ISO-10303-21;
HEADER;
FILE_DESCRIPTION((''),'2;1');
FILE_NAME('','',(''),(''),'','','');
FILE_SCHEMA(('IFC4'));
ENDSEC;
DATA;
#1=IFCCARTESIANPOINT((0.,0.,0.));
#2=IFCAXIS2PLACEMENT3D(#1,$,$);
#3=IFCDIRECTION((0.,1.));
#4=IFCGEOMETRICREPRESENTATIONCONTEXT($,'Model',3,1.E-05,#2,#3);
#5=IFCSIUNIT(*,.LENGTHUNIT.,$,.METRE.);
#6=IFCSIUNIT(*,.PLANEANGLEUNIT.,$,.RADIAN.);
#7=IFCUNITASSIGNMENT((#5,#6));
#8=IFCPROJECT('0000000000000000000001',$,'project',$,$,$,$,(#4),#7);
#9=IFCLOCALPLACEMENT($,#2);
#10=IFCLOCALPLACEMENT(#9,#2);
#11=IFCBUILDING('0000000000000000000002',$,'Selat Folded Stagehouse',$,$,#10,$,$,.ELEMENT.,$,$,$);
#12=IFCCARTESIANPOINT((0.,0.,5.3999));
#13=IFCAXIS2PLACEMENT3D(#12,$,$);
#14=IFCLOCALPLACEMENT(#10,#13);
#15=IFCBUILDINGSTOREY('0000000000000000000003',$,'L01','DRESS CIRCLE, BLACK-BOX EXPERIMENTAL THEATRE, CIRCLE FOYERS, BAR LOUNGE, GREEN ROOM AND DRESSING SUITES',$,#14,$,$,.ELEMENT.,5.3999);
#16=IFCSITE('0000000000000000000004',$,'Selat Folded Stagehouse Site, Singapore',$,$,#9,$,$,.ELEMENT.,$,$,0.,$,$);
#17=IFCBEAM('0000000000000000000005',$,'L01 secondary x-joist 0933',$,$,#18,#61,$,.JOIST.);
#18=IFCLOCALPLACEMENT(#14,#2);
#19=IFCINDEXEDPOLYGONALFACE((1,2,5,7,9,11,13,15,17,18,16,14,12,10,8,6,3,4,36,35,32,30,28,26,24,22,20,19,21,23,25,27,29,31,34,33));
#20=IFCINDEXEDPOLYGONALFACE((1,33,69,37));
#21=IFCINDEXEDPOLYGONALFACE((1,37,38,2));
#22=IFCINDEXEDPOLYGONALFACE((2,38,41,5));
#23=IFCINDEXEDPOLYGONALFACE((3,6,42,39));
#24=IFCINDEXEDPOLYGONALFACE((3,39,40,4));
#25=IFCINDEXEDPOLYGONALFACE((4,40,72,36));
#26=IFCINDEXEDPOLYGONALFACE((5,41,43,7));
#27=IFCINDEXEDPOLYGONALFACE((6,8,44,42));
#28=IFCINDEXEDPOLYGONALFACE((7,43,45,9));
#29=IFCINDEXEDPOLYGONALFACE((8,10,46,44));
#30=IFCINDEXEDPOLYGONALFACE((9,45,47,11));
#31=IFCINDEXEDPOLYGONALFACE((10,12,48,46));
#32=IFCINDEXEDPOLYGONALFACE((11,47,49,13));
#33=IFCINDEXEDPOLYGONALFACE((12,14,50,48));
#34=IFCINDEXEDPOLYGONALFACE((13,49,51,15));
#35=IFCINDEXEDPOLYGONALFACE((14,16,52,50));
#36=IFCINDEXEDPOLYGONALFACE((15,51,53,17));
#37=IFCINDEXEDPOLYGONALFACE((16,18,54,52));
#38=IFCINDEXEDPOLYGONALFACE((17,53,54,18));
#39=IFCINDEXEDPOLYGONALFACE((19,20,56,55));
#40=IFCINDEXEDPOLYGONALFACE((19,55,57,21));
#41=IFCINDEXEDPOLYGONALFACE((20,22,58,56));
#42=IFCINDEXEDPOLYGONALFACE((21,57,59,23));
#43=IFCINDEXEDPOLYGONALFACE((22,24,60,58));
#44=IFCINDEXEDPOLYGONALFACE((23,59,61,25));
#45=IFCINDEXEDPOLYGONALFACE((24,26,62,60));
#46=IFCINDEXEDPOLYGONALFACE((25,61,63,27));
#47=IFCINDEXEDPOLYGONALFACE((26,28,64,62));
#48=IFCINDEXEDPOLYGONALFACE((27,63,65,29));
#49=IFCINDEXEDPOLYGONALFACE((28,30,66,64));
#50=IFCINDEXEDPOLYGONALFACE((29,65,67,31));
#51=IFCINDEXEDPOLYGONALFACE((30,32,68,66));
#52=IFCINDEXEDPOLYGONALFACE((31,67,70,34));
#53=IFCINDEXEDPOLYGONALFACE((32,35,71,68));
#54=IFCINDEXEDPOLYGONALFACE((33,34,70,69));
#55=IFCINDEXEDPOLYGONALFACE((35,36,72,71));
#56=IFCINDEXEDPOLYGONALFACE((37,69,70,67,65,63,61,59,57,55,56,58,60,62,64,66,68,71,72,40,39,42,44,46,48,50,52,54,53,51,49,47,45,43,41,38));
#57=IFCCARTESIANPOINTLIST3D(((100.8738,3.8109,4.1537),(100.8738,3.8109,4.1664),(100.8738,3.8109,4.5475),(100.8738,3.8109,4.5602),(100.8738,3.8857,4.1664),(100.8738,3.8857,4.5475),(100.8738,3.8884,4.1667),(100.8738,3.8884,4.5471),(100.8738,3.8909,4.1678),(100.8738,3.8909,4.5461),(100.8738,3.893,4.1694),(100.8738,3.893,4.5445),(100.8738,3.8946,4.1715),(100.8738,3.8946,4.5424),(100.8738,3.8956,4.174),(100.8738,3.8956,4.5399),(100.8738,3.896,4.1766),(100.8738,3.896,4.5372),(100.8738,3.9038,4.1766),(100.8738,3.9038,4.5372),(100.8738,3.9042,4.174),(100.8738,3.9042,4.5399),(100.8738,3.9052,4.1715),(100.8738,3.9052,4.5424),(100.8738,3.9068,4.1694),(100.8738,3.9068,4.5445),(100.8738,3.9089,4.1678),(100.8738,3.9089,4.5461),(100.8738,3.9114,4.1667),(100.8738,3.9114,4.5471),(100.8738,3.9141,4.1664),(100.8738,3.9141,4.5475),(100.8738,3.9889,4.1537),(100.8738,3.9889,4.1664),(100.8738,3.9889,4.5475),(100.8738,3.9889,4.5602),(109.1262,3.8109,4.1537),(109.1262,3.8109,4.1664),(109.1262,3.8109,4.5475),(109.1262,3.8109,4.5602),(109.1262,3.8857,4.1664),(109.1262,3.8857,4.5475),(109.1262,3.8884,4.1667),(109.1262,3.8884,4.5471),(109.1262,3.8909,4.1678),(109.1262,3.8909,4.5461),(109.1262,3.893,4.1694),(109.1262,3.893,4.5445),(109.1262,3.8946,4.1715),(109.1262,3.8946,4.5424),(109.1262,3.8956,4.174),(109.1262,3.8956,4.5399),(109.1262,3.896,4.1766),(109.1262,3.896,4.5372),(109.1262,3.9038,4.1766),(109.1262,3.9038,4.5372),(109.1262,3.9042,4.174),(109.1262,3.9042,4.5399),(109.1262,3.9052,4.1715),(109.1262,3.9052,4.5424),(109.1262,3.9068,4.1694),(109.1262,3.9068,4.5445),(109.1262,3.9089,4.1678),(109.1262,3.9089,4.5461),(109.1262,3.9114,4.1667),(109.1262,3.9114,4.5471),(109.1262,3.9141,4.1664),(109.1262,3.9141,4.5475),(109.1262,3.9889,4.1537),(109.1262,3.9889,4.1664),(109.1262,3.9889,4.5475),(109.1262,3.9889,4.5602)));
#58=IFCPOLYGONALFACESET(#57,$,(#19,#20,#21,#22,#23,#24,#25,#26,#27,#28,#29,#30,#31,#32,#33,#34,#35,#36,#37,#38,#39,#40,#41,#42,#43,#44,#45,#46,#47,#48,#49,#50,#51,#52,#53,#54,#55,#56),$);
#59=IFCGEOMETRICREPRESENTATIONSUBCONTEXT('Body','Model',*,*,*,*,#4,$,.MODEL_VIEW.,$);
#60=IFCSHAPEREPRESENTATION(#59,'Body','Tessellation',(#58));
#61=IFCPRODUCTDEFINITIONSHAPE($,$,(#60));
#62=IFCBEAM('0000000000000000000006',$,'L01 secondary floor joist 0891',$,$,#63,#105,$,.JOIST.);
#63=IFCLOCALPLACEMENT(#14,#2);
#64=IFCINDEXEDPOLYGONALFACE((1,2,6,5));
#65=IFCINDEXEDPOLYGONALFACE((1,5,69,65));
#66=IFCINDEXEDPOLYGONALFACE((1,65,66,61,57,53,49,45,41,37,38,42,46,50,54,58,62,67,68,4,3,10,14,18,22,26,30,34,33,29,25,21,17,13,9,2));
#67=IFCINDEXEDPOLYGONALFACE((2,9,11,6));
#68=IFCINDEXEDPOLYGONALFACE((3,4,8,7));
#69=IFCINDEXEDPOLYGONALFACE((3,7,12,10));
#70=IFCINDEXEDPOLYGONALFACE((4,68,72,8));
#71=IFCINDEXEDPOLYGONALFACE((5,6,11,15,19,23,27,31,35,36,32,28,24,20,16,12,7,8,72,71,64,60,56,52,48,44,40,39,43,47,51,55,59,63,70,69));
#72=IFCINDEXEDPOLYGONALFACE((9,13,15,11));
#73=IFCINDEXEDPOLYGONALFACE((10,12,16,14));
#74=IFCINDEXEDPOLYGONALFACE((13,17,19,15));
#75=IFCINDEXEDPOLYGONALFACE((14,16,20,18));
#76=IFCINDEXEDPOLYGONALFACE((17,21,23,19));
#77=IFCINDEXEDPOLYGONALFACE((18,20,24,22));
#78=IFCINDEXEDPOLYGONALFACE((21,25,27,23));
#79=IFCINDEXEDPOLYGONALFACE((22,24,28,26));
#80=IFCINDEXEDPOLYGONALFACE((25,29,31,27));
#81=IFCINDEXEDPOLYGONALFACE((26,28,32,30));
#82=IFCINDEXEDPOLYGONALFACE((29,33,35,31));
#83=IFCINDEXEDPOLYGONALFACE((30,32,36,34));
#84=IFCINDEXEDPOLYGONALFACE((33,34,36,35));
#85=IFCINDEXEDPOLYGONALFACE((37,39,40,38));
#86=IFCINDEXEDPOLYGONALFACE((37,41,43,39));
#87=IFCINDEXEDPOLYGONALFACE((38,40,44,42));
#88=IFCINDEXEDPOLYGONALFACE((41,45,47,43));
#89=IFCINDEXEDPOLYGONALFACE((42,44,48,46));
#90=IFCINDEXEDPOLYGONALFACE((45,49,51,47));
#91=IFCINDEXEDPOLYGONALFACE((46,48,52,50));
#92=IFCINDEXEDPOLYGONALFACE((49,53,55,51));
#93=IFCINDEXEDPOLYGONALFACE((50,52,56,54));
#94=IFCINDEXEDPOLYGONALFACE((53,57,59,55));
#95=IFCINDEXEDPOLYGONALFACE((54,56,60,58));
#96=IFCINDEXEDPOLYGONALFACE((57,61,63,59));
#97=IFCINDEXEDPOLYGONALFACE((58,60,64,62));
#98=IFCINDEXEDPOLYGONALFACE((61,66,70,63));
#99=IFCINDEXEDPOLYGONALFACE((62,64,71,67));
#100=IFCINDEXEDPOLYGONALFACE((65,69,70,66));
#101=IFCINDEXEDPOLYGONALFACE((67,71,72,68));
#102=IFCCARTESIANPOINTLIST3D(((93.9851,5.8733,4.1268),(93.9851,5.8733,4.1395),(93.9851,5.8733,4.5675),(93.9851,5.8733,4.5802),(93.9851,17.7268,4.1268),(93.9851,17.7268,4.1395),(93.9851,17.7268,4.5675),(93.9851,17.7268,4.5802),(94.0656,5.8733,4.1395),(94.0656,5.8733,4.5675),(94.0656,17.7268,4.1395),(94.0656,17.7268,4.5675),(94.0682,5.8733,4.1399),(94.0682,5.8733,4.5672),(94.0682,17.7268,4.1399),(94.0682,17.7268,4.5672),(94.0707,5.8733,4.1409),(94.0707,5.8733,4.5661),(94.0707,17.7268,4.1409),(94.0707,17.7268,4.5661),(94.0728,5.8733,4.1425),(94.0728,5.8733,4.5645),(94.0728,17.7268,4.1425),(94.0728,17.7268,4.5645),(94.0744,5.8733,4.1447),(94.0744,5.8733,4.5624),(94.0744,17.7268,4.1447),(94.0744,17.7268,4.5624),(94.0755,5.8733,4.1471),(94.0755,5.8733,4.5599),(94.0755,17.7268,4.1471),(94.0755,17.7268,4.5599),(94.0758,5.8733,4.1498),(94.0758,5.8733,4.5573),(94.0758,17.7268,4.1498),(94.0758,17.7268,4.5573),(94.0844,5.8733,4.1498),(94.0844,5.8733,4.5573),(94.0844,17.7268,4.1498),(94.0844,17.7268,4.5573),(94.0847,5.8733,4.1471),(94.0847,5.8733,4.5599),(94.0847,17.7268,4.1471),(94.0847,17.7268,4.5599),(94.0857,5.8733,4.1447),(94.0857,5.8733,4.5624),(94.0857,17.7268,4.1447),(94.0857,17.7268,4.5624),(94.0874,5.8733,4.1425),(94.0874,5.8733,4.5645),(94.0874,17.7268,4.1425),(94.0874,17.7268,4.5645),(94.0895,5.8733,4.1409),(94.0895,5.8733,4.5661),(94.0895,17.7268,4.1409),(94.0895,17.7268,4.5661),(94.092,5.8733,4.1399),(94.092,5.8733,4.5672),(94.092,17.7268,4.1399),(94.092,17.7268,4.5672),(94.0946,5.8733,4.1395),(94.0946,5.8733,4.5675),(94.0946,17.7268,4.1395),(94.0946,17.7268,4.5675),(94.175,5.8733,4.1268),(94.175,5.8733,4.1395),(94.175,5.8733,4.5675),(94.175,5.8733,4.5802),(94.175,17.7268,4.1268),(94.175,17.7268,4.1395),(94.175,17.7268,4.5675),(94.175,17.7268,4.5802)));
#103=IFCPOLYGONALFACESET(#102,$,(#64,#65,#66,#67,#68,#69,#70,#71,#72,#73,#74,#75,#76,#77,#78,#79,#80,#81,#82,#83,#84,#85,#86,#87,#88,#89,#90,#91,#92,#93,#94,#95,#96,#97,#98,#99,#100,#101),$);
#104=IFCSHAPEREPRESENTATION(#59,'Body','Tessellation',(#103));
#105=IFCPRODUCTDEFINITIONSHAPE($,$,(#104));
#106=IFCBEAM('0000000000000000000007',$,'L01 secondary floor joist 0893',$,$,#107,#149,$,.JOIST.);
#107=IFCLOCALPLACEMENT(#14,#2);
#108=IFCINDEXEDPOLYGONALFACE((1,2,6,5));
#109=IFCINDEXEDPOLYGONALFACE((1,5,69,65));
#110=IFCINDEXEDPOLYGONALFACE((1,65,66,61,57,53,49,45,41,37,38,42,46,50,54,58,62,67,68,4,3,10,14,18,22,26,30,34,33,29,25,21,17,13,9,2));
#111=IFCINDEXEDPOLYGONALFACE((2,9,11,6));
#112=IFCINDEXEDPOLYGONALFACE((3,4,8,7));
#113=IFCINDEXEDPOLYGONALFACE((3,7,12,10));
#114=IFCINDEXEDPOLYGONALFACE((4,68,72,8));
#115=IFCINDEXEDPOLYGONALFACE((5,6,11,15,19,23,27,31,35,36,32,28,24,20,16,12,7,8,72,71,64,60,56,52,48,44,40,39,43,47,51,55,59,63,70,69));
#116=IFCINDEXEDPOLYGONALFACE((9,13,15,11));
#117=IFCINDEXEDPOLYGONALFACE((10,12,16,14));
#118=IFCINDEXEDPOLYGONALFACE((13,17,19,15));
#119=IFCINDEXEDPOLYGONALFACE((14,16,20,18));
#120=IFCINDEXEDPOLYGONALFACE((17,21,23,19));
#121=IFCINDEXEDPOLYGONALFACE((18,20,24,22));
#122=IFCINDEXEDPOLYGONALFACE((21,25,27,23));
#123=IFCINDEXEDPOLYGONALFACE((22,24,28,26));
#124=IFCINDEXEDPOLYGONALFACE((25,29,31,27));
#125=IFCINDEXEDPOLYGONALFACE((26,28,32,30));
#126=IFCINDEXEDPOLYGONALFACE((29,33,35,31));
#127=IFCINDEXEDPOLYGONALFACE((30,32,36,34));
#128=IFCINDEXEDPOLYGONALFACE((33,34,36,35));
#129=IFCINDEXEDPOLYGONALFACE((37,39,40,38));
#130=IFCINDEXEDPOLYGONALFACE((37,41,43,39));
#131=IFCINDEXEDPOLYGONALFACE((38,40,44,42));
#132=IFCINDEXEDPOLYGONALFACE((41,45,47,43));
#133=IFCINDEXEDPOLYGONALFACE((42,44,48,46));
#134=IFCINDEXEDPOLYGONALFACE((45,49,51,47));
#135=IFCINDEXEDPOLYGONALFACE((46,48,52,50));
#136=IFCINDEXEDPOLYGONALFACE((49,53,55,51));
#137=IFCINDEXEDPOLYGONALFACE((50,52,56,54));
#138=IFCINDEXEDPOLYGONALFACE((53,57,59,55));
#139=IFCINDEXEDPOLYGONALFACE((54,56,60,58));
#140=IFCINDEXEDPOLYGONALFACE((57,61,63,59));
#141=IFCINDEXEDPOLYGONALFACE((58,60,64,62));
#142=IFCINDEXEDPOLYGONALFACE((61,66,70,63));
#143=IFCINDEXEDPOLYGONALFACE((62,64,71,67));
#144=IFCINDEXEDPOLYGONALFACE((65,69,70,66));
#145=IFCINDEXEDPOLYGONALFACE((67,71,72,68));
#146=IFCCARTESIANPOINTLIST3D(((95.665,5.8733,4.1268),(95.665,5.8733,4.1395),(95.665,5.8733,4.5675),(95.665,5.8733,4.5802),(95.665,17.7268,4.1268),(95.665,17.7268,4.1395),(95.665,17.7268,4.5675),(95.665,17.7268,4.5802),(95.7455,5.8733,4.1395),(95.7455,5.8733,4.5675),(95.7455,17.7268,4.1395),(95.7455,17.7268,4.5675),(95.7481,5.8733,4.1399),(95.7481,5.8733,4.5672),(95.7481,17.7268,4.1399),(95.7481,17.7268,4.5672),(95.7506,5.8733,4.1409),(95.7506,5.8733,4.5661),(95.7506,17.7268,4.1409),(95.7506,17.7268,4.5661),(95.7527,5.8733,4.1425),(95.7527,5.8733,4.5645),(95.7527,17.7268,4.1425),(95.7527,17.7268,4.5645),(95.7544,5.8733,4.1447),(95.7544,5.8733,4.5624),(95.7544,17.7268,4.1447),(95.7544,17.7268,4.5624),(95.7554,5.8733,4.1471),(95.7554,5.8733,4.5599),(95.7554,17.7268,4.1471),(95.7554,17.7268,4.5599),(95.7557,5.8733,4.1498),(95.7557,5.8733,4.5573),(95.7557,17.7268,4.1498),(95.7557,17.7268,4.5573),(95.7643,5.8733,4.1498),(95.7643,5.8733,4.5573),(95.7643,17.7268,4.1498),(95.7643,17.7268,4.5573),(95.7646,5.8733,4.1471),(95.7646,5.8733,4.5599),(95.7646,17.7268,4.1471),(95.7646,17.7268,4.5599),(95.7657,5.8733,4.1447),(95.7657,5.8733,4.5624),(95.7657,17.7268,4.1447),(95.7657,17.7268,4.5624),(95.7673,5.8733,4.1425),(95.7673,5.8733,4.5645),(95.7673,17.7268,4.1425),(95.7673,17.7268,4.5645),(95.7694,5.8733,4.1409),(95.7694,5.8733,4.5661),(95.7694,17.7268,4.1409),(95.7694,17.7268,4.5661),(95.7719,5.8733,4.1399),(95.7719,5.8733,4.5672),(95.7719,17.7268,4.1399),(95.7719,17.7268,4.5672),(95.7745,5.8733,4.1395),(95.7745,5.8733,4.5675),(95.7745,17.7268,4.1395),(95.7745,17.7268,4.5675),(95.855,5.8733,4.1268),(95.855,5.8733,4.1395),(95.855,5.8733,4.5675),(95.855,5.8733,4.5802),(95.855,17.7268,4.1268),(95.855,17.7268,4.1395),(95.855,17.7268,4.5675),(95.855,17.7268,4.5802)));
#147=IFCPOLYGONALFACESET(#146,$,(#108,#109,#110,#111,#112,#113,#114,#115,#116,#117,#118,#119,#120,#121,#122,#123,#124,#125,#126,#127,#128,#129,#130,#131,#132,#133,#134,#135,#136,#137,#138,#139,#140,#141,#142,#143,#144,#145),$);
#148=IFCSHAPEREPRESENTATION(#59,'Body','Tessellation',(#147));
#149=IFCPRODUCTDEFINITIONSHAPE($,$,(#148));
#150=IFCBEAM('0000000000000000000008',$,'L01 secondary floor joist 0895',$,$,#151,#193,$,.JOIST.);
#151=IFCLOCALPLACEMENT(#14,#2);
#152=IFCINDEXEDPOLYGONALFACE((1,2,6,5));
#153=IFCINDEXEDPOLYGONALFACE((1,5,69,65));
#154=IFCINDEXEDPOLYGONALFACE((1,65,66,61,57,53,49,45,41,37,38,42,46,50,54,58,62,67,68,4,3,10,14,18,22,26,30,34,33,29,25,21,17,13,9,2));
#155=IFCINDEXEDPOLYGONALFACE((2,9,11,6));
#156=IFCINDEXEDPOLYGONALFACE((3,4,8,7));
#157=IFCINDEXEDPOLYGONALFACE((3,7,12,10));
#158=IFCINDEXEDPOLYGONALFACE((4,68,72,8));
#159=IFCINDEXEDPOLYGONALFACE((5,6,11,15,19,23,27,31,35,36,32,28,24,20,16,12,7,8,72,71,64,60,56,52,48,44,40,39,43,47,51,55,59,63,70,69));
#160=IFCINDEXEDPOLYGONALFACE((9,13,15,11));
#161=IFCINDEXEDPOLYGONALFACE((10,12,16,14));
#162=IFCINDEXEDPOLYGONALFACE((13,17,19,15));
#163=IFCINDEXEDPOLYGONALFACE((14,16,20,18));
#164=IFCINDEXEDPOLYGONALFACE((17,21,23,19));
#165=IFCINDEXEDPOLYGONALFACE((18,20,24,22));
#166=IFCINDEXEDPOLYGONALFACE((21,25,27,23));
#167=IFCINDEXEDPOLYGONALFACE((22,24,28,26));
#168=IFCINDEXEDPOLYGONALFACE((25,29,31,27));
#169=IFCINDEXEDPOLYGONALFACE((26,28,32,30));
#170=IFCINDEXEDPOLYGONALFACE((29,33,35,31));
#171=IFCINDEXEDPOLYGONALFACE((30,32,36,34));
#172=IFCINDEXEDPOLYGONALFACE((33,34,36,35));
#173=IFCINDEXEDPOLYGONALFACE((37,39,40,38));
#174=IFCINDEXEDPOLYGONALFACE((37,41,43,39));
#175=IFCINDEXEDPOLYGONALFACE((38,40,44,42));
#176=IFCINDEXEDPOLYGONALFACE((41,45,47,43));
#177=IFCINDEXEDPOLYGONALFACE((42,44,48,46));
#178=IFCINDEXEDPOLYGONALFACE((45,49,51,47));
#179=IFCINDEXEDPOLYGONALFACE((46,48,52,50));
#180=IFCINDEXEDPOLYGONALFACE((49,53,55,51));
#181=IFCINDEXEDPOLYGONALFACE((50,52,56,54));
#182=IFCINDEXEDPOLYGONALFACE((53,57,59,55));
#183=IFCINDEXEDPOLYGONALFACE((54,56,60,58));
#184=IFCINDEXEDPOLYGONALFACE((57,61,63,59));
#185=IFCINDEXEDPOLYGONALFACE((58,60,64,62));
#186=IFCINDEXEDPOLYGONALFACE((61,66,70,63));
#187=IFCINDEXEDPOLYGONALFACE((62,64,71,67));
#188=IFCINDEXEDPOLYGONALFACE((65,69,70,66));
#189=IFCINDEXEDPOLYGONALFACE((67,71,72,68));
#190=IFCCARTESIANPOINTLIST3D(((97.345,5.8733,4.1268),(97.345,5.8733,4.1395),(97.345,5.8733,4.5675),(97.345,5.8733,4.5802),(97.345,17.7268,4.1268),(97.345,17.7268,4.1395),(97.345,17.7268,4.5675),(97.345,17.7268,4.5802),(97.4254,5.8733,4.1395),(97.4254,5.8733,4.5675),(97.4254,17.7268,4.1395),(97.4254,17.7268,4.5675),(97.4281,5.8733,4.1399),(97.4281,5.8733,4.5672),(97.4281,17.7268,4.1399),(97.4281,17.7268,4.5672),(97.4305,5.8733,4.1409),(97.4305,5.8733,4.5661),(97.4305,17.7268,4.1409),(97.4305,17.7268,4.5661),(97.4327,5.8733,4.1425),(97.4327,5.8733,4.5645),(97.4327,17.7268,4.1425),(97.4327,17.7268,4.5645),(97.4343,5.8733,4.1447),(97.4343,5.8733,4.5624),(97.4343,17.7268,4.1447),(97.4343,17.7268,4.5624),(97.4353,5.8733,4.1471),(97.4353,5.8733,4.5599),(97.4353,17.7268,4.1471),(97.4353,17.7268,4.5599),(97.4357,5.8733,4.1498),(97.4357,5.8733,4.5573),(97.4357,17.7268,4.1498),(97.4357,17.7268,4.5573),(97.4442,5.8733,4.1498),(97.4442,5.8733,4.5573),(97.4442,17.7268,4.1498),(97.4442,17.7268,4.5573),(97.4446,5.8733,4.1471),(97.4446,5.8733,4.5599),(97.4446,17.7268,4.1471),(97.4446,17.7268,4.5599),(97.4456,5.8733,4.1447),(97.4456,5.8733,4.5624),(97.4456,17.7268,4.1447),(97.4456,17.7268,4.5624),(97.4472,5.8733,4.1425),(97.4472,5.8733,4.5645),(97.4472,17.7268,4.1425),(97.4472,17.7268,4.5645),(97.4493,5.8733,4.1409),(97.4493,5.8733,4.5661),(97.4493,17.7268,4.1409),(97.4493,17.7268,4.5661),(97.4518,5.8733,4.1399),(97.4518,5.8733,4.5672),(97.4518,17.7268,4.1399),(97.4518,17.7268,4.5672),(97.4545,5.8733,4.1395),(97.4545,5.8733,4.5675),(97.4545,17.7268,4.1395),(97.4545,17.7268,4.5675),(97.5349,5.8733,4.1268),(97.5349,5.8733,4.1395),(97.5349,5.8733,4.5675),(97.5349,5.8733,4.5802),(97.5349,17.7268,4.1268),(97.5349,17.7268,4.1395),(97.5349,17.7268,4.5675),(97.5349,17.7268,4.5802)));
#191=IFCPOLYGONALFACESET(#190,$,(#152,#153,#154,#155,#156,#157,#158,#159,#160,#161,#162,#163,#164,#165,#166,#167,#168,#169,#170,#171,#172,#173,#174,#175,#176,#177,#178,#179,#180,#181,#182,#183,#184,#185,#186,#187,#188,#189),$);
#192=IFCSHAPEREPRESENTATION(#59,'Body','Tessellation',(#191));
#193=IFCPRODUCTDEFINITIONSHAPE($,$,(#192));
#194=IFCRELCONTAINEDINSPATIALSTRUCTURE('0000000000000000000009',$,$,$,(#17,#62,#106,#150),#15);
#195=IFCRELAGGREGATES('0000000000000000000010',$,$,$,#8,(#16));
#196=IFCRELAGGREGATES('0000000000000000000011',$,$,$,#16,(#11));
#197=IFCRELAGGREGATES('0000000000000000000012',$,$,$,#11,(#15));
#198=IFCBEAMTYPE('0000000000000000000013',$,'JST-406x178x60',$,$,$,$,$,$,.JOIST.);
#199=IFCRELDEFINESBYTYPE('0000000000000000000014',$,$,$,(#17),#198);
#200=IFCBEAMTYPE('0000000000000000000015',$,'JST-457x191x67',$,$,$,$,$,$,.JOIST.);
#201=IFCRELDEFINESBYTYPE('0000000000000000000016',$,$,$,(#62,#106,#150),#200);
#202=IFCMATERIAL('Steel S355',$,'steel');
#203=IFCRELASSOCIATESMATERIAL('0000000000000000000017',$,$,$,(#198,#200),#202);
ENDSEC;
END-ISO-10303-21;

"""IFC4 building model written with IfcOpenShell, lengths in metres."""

from ifc_helpers import new_model, si_unit, direction, frame, origin, origin_2d, place, context, subcontext, project, spatial, i_section, extrude, material, material_profile, profile_set, type_object, element, save


model = new_model("IFC4")

# Units and contexts
model_context = context("Model", 3, precision=1e-05, world=origin(), true_north=direction((0.0, 1.0)))
body_context = subcontext(model_context, "Body", "Model", "MODEL_VIEW")
ifc_project = project(units=[si_unit("LENGTHUNIT", "METRE"), si_unit("PLANEANGLEUNIT", "RADIAN")], contexts=[model_context])

# Site, building, storey
site_placement = place(None, origin())
site = spatial("IfcSite", under=ifc_project, at=site_placement, Name="Selat Folded Stagehouse Site, Singapore", CompositionType="ELEMENT", RefElevation=0.0)
building_placement = place(site_placement, origin())
building = spatial("IfcBuilding", under=site, at=building_placement, Name="Selat Folded Stagehouse", CompositionType="ELEMENT")
storey_placement = place(building_placement, frame((0.0, 0.0, 5.3999)))
storey = spatial("IfcBuildingStorey", under=building, at=storey_placement, Name="L01", Description="DRESS CIRCLE, BLACK-BOX EXPERIMENTAL THEATRE, CIRCLE FOYERS, BAR LOUNGE, GREEN ROOM AND DRESSING SUITES", CompositionType="ELEMENT", Elevation=5.3999)

# Shared definitions
ifc_material = material(Name="Steel S355", Category="steel")

# Beams
ifc_material_profile_1 = material_profile(ifc_material, i_section(OverallWidth=0.178, OverallDepth=0.4065, WebThickness=0.0078, FlangeThickness=0.0127, FilletRadius=0.0103, at=origin_2d()), Name="UKB 406x178x60")
ifc_profile_set_1 = profile_set([ifc_material_profile_1], Name="Steel S355")
beam_type_1 = type_object("IfcBeamType", Name="JST-406x178x60", PredefinedType="JOIST", material=ifc_profile_set_1)
for number, where, z_axis, x_axis, name in (
    (1, (100.8738, 3.8999, 4.3569), (1.0, 0.0, 0.0), (0.0, 1.0, 0.0), "L01 secondary x-joist 0933"),
):
    element("IfcBeam", number, at=place(storey_placement, frame(where, z_axis=z_axis, x_axis=x_axis)), inside=storey, type_object=beam_type_1, Name=name, PredefinedType="JOIST", context=body_context, shape_type="SweptSolid", body=[
        extrude(i_section(OverallWidth=0.178, OverallDepth=0.4065, WebThickness=0.0078, FlangeThickness=0.0127, FilletRadius=0.0103, at=origin_2d()), origin(), (0.0, 0.0, 1.0), 8.2524),
    ])
ifc_material_profile_2 = material_profile(ifc_material, i_section(OverallWidth=0.1899, OverallDepth=0.4534, WebThickness=0.0085, FlangeThickness=0.0127, FilletRadius=0.0103, at=origin_2d()), Name="UKB 457x191x67")
ifc_profile_set_2 = profile_set([ifc_material_profile_2], Name="Steel S355")
beam_type_2 = type_object("IfcBeamType", Name="JST-457x191x67", PredefinedType="JOIST", material=ifc_profile_set_2)
for number, where, z_axis, x_axis, name in (
    (2, (94.0801, 5.8733, 4.3535), (0.0, 1.0, 0.0), (-1.0, 0.0, 0.0), "L01 secondary floor joist 0891"),
    (3, (95.76, 5.8733, 4.3535), (0.0, 1.0, 0.0), (-1.0, 0.0, 0.0), "L01 secondary floor joist 0893"),
    (4, (97.4399, 5.8733, 4.3535), (0.0, 1.0, 0.0), (-1.0, 0.0, 0.0), "L01 secondary floor joist 0895"),
):
    element("IfcBeam", number, at=place(storey_placement, frame(where, z_axis=z_axis, x_axis=x_axis)), inside=storey, type_object=beam_type_2, Name=name, PredefinedType="JOIST", context=body_context, shape_type="SweptSolid", body=[
        extrude(i_section(OverallWidth=0.1899, OverallDepth=0.4534, WebThickness=0.0085, FlangeThickness=0.0127, FilletRadius=0.0103, at=origin_2d()), origin(), (0.0, 0.0, 1.0), 11.8535),
    ])

save(model, "model.ifc")
